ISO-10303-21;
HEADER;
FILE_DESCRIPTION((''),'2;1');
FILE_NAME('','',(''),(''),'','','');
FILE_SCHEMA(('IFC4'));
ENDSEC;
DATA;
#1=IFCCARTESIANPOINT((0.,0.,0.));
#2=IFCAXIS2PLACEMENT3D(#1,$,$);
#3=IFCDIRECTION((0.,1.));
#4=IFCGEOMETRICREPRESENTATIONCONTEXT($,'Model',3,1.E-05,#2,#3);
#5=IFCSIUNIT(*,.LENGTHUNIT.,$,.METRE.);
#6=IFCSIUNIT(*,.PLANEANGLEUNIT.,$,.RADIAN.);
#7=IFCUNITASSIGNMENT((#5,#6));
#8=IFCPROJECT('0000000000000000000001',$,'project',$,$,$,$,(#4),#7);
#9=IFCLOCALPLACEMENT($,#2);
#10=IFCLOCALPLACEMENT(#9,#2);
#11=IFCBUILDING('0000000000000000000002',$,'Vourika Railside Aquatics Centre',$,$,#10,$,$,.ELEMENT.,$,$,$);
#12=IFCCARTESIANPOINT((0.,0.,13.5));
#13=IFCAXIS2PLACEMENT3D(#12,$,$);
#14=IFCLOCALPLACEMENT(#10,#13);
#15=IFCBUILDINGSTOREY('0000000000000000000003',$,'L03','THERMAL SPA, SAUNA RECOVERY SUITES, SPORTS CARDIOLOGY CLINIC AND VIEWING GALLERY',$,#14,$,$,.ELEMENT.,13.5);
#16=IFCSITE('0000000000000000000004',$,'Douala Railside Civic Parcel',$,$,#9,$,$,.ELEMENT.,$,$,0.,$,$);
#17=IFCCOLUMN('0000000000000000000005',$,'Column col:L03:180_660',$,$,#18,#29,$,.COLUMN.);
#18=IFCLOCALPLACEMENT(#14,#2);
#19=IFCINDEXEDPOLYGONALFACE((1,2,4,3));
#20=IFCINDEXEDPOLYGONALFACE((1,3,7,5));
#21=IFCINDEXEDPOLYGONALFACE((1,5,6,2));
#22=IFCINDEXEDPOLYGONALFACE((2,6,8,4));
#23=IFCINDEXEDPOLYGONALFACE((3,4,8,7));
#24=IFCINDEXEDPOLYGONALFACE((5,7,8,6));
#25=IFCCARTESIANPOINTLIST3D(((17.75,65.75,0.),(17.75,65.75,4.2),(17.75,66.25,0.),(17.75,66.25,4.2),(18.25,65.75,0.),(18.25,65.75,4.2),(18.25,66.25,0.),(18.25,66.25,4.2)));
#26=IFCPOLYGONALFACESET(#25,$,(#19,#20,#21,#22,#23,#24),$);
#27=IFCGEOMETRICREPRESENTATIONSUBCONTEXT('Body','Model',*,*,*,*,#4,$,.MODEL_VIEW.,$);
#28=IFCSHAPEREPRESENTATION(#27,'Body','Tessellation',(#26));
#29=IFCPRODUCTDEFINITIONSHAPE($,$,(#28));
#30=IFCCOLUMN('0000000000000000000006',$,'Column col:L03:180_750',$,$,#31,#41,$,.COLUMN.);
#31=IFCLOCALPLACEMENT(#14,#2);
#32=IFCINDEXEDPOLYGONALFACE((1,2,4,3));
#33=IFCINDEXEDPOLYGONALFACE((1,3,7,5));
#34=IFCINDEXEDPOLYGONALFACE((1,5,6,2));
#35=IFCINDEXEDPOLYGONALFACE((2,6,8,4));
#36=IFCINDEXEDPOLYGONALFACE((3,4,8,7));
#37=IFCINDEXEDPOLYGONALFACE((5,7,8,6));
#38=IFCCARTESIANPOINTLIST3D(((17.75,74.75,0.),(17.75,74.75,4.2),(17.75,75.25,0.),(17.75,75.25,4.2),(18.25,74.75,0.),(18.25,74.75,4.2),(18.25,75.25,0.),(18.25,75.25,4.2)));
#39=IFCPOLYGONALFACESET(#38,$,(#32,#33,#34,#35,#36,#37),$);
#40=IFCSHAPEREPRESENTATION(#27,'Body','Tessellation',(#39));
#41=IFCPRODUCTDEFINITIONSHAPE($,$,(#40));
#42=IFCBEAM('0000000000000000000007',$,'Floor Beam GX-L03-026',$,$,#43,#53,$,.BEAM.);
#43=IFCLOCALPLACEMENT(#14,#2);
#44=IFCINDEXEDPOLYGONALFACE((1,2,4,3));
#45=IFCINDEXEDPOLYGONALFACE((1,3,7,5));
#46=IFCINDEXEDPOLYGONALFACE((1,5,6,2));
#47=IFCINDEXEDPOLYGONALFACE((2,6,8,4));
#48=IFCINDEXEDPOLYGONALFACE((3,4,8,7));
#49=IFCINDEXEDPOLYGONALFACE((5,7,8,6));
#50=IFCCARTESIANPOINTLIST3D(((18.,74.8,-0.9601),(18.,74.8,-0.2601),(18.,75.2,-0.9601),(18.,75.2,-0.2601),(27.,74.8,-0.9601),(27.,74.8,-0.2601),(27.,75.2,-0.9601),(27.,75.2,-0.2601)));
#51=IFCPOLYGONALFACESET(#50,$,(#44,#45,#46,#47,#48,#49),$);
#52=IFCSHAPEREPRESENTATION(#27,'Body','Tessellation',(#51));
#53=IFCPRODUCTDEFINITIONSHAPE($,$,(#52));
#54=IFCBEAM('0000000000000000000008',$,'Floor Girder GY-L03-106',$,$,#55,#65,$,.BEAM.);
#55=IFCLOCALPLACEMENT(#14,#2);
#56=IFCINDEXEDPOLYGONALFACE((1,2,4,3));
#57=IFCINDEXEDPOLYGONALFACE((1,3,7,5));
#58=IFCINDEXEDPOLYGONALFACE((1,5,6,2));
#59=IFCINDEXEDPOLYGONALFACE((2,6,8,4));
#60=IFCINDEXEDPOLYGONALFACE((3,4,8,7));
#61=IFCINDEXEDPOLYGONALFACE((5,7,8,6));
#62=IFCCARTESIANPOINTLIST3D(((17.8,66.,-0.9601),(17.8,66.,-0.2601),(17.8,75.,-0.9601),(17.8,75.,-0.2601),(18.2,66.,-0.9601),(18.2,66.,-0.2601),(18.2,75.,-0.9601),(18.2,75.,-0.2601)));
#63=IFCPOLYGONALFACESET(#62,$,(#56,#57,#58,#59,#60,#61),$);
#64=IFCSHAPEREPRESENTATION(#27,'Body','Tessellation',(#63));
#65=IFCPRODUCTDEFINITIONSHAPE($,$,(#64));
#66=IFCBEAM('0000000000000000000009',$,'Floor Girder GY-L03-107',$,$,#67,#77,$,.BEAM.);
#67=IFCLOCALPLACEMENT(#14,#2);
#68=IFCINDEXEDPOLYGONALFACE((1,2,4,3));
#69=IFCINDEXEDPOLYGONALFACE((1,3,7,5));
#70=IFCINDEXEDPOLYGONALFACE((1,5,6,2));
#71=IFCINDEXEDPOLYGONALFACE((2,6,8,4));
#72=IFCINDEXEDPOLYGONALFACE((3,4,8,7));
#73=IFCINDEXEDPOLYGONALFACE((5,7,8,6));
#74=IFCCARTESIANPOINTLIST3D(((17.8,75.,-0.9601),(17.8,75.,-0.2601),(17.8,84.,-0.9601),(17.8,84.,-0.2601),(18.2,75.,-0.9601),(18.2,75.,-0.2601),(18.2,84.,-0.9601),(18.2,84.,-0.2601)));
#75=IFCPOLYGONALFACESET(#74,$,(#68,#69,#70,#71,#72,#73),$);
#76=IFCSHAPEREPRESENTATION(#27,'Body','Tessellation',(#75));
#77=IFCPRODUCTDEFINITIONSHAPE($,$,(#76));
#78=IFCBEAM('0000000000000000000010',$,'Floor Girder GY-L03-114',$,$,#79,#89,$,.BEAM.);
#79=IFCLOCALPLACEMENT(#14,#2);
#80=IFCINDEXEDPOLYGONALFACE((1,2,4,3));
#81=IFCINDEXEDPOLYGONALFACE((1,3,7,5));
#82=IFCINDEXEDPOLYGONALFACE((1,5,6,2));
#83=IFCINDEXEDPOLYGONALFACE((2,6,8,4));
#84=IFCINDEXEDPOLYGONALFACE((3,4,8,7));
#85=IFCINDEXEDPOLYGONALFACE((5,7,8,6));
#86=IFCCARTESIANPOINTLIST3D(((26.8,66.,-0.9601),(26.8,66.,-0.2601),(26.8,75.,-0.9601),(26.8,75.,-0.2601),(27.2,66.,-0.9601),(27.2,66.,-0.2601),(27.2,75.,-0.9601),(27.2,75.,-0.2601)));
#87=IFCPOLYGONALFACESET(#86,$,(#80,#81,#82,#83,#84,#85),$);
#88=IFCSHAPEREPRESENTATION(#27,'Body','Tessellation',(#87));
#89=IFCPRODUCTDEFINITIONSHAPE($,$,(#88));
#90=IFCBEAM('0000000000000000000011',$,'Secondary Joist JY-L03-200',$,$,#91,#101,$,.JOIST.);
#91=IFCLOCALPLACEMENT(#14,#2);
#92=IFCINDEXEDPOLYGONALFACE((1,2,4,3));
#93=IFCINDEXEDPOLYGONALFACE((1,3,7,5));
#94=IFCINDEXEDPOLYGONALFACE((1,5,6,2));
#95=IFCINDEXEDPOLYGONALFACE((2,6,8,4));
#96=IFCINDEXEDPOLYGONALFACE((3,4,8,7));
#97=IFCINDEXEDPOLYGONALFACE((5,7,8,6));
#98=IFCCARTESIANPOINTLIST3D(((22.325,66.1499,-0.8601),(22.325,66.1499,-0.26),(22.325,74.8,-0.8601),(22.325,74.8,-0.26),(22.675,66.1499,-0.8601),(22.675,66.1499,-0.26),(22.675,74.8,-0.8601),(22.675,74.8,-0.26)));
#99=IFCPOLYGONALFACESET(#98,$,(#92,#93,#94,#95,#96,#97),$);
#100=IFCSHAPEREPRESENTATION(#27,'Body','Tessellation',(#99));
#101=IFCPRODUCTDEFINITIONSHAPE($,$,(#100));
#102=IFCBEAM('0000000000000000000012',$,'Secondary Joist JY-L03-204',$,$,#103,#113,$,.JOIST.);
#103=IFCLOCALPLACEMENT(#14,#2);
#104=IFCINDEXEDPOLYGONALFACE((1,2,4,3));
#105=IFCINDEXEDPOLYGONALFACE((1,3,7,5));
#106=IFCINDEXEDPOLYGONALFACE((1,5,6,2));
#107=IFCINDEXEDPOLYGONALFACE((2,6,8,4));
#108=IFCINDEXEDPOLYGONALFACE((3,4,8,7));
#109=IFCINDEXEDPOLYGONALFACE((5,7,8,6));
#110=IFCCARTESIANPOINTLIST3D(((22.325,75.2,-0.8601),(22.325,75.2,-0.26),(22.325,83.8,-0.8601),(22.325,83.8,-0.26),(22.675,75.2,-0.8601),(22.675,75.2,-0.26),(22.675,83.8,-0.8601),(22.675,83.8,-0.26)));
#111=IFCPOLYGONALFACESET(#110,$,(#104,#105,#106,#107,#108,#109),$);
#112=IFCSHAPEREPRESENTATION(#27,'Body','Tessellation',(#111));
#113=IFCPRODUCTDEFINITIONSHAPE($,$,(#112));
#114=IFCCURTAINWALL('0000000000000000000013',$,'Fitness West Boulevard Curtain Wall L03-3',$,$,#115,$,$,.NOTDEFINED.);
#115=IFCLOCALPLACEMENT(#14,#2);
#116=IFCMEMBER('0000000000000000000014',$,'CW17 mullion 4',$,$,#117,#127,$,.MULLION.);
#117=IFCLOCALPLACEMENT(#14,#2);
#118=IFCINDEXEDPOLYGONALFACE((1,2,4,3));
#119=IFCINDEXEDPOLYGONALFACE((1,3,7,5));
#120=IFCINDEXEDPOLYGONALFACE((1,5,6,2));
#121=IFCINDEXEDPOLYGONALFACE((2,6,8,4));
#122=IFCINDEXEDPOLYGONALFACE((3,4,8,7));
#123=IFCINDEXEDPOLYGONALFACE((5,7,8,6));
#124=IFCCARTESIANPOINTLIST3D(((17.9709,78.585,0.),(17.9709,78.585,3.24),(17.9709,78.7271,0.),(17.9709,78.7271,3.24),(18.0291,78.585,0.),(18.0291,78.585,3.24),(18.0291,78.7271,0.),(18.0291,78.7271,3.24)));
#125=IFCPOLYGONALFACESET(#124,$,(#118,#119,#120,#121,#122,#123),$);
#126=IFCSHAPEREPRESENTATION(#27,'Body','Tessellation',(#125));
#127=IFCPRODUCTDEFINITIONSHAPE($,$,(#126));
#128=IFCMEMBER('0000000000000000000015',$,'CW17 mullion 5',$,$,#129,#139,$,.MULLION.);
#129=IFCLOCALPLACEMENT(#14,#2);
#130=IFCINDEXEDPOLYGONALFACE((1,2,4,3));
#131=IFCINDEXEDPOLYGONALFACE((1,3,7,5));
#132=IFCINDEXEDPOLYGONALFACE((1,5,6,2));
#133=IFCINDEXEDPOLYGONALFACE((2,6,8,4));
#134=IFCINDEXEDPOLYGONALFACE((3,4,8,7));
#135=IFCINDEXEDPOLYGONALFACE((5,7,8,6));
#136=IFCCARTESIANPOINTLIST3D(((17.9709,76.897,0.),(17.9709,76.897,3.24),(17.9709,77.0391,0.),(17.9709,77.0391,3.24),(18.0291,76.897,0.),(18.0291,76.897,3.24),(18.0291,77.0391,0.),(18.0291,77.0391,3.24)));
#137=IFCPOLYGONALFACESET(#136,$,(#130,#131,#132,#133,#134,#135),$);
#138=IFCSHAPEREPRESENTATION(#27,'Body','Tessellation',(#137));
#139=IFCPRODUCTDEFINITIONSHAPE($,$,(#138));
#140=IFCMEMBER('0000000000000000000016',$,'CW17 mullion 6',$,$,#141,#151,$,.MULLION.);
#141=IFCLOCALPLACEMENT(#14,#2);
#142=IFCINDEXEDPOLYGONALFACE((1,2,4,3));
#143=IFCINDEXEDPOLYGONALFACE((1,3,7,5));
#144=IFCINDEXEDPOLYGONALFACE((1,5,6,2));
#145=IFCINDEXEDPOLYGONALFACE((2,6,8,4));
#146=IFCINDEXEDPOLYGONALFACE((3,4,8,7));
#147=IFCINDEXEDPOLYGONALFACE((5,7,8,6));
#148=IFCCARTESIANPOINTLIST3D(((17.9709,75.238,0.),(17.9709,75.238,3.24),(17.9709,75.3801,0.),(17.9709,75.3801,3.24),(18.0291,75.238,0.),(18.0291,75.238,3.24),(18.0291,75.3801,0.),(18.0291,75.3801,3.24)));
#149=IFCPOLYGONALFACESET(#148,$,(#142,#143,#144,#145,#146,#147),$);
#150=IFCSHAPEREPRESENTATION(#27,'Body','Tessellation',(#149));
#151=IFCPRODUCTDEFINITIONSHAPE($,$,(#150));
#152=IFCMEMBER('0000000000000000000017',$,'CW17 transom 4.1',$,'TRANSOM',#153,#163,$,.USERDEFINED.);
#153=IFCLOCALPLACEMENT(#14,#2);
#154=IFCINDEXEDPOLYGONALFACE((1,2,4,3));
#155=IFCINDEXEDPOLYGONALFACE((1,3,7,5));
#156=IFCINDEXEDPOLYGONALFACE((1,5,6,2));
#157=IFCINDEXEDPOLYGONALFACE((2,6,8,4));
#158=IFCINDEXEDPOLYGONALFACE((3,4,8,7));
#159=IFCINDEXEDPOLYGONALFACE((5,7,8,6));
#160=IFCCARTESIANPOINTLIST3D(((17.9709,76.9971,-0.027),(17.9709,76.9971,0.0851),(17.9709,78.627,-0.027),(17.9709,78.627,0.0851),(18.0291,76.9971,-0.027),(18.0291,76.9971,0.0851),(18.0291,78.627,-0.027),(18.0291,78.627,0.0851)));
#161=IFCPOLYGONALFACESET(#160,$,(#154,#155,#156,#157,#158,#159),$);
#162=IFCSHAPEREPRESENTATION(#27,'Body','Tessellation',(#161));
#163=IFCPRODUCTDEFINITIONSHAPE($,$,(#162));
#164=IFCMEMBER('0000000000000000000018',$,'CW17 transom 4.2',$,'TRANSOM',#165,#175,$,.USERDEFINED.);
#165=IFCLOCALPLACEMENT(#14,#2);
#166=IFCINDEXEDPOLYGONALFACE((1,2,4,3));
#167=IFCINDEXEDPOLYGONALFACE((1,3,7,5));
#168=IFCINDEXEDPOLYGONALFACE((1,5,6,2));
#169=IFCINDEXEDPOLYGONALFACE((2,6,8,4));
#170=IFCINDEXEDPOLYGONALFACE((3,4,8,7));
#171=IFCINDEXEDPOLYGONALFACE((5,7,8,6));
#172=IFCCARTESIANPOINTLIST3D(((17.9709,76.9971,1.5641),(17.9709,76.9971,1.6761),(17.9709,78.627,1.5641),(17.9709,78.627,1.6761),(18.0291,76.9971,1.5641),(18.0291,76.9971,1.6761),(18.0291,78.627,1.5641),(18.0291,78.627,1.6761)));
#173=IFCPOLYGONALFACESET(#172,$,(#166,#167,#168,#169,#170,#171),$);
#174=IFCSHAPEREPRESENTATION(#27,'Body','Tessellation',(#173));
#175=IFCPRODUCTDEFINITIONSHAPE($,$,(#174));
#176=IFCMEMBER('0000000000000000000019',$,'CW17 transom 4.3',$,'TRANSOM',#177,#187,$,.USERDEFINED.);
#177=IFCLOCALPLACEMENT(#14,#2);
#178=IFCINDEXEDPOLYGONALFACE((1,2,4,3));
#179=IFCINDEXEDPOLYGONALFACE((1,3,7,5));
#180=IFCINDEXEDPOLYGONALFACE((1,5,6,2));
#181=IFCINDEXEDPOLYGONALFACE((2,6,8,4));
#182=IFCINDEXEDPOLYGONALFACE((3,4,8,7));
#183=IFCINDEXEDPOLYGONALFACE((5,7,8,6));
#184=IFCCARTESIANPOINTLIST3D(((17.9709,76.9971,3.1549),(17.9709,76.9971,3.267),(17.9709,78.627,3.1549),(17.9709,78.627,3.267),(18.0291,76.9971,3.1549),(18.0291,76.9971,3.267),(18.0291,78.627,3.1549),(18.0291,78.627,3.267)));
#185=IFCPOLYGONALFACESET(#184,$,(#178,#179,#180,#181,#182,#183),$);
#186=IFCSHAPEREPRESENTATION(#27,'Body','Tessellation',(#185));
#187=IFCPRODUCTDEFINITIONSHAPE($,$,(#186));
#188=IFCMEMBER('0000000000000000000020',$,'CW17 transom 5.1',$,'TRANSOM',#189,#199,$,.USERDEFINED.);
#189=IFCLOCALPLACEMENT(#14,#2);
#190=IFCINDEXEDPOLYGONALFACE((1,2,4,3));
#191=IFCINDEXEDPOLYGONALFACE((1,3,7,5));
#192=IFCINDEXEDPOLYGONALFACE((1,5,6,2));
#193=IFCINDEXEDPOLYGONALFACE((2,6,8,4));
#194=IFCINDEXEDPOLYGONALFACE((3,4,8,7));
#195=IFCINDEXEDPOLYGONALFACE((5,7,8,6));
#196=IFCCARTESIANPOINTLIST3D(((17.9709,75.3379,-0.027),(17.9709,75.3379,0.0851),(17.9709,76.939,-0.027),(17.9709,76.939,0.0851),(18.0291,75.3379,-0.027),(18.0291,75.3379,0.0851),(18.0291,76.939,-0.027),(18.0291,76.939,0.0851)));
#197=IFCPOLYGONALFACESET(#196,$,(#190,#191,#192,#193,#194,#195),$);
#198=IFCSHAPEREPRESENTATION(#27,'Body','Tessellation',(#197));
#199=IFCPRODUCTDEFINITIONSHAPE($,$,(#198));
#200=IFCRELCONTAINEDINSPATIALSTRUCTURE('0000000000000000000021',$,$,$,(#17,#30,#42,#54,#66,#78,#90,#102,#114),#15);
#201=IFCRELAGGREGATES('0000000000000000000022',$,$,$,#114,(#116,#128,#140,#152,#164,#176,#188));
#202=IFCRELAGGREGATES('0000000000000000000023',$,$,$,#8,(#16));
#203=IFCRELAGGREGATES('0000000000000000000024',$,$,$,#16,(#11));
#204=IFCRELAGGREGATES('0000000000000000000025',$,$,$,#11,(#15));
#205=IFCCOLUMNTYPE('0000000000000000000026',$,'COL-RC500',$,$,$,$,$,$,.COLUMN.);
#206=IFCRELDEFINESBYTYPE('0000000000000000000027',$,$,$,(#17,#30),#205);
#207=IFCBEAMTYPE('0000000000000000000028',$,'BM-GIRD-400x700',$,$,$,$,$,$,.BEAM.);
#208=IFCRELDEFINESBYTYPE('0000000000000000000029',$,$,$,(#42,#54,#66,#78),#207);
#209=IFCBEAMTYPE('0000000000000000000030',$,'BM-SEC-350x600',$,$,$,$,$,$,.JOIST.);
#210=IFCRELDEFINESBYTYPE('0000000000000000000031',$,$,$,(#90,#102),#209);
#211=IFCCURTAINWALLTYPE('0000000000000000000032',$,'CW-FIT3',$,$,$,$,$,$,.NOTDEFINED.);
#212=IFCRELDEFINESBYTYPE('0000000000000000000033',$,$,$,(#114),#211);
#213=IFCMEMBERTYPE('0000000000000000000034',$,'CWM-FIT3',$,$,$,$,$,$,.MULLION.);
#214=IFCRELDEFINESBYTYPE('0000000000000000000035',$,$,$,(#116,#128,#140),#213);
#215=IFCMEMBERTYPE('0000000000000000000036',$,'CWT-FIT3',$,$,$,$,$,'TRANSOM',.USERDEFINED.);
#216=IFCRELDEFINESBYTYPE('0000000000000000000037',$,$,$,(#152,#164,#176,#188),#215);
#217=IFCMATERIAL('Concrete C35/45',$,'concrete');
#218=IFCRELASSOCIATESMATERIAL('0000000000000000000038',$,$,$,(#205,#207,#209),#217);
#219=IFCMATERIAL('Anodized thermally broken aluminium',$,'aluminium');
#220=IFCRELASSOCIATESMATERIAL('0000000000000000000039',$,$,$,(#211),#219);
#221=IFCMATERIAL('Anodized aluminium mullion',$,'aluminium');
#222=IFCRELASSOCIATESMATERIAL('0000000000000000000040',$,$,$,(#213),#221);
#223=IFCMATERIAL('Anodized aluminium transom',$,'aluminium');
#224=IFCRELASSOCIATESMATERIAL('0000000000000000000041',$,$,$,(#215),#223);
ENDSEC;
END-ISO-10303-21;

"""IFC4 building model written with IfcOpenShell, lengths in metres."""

from ifc_helpers import new_model, si_unit, direction, frame, origin, origin_2d, place, context, subcontext, project, spatial, rectangle, extrude, material, material_profile, profile_set, type_object, element, aggregate, save


model = new_model("IFC4")

# Units and contexts
model_context = context("Model", 3, precision=1e-05, world=origin(), true_north=direction((0.0, 1.0)))
body_context = subcontext(model_context, "Body", "Model", "MODEL_VIEW")
ifc_project = project(units=[si_unit("LENGTHUNIT", "METRE"), si_unit("PLANEANGLEUNIT", "RADIAN")], contexts=[model_context])

# Site, building, storey
site_placement = place(None, origin())
site = spatial("IfcSite", under=ifc_project, at=site_placement, Name="Douala Railside Civic Parcel", CompositionType="ELEMENT", RefElevation=0.0)
building_placement = place(site_placement, origin())
building = spatial("IfcBuilding", under=site, at=building_placement, Name="Vourika Railside Aquatics Centre", CompositionType="ELEMENT")
storey_placement = place(building_placement, frame((0.0, 0.0, 13.5)))
storey = spatial("IfcBuildingStorey", under=building, at=storey_placement, Name="L03", Description="THERMAL SPA, SAUNA RECOVERY SUITES, SPORTS CARDIOLOGY CLINIC AND VIEWING GALLERY", CompositionType="ELEMENT", Elevation=13.5)

# Columns
ifc_material_1 = material(Name="Concrete C35/45", Category="concrete")
ifc_material_profile_1 = material_profile(ifc_material_1, rectangle(XDim=0.5, YDim=0.5, at=origin_2d()), Name="RC 500x500")
ifc_profile_set_1 = profile_set([ifc_material_profile_1], Name="Concrete C35/45")
column_type = type_object("IfcColumnType", Name="COL-RC500", PredefinedType="COLUMN", material=ifc_profile_set_1)
for number, where, z_axis, x_axis, name in (
    (1, (18.0, 66.0, 0.0), (0.0, 0.0, 1.0), (1.0, 0.0, 0.0), "Column col:L03:180_660"),
    (2, (18.0, 75.0, 0.0), (0.0, 0.0, 1.0), (1.0, 0.0, 0.0), "Column col:L03:180_750"),
):
    element("IfcColumn", number, at=place(storey_placement, frame(where, z_axis=z_axis, x_axis=x_axis)), inside=storey, type_object=column_type, Name=name, PredefinedType="COLUMN", context=body_context, shape_type="SweptSolid", body=[
        extrude(rectangle(XDim=0.5, YDim=0.5, at=origin_2d()), origin(), (0.0, 0.0, 1.0), 4.2),
    ])

# Beams
ifc_material_profile_2 = material_profile(ifc_material_1, rectangle(XDim=0.3999, YDim=0.7, at=origin_2d()), Name="RC 400x700")
ifc_profile_set_2 = profile_set([ifc_material_profile_2], Name="Concrete C35/45")
beam_type_1 = type_object("IfcBeamType", Name="BM-GIRD-400x700", PredefinedType="BEAM", material=ifc_profile_set_2)
for number, where, z_axis, x_axis, name in (
    (3, (18.0, 75.0, -0.6101), (1.0, 0.0, 0.0), (0.0, 1.0, 0.0), "Floor Beam GX-L03-026"),
    (4, (18.0, 66.0, -0.6101), (0.0, 1.0, 0.0), (-1.0, 0.0, 0.0), "Floor Girder GY-L03-106"),
    (5, (18.0, 75.0, -0.6101), (0.0, 1.0, 0.0), (-1.0, 0.0, 0.0), "Floor Girder GY-L03-107"),
    (6, (27.0, 66.0, -0.6101), (0.0, 1.0, 0.0), (-1.0, 0.0, 0.0), "Floor Girder GY-L03-114"),
):
    element("IfcBeam", number, at=place(storey_placement, frame(where, z_axis=z_axis, x_axis=x_axis)), inside=storey, type_object=beam_type_1, Name=name, PredefinedType="BEAM", context=body_context, shape_type="SweptSolid", body=[
        extrude(rectangle(XDim=0.3999, YDim=0.7, at=origin_2d()), origin(), (0.0, 0.0, 1.0), 9.0),
    ])
ifc_material_profile_3 = material_profile(ifc_material_1, rectangle(XDim=0.3501, YDim=0.6001, at=origin_2d()), Name="RC 350x600")
ifc_profile_set_3 = profile_set([ifc_material_profile_3], Name="Concrete C35/45")
beam_type_2 = type_object("IfcBeamType", Name="BM-SEC-350x600", PredefinedType="JOIST", material=ifc_profile_set_3)
beam_1_placement = place(storey_placement, frame((22.5, 66.1499, -0.5601), z_axis=(0.0, 1.0, 0.0), x_axis=(-1.0, 0.0, 0.0)))
element("IfcBeam", 7, at=beam_1_placement, inside=storey, type_object=beam_type_2, Name="Secondary Joist JY-L03-200", PredefinedType="JOIST", context=body_context, shape_type="SweptSolid", body=[
    extrude(rectangle(XDim=0.3501, YDim=0.6001, at=origin_2d()), origin(), (0.0, 0.0, 1.0), 8.6501),
])
beam_2_placement = place(storey_placement, frame((22.5, 75.2, -0.5601), z_axis=(0.0, 1.0, 0.0), x_axis=(-1.0, 0.0, 0.0)))
element("IfcBeam", 8, at=beam_2_placement, inside=storey, type_object=beam_type_2, Name="Secondary Joist JY-L03-204", PredefinedType="JOIST", context=body_context, shape_type="SweptSolid", body=[
    extrude(rectangle(XDim=0.3501, YDim=0.6001, at=origin_2d()), origin(), (0.0, 0.0, 1.0), 8.6001),
])

# Curtain wall, members
ifc_material_2 = material(Name="Anodized thermally broken aluminium", Category="aluminium")
curtain_wall_type = type_object("IfcCurtainWallType", Name="CW-FIT3", PredefinedType="NOTDEFINED", material=ifc_material_2)
curtain_wall_placement = place(storey_placement, origin())
curtain_wall = element("IfcCurtainWall", 9, at=curtain_wall_placement, inside=storey, type_object=curtain_wall_type, Name="Fitness West Boulevard Curtain Wall L03-3", PredefinedType="NOTDEFINED")
ifc_material_3 = material(Name="Anodized aluminium mullion", Category="aluminium")
ifc_material_profile_4 = material_profile(ifc_material_3, rectangle(XDim=0.0581, YDim=0.1421, at=origin_2d()), Name="ALU-M 58x142")
ifc_profile_set_4 = profile_set([ifc_material_profile_4], Name="Anodized aluminium mullion")
member_type_1 = type_object("IfcMemberType", Name="CWM-FIT3", PredefinedType="MULLION", material=ifc_profile_set_4)
member_1_placement = place(storey_placement, frame((18.0, 78.656, 0.0), z_axis=(0.0, 0.0, 1.0), x_axis=(1.0, 0.0, 0.0)))
member_1 = element("IfcMember", 10, at=member_1_placement, type_object=member_type_1, Name="CW17 mullion 4", PredefinedType="MULLION", context=body_context, shape_type="SweptSolid", body=[
    extrude(rectangle(XDim=0.0581, YDim=0.1421, at=origin_2d()), origin(), (0.0, 0.0, 1.0), 3.24),
])
member_2_placement = place(storey_placement, frame((18.0, 76.968, 0.0), z_axis=(0.0, 0.0, 1.0), x_axis=(1.0, 0.0, 0.0)))
member_2 = element("IfcMember", 11, at=member_2_placement, type_object=member_type_1, Name="CW17 mullion 5", PredefinedType="MULLION", context=body_context, shape_type="SweptSolid", body=[
    extrude(rectangle(XDim=0.0581, YDim=0.1421, at=origin_2d()), origin(), (0.0, 0.0, 1.0), 3.24),
])
member_3_placement = place(storey_placement, frame((18.0, 75.3091, 0.0), z_axis=(0.0, 0.0, 1.0), x_axis=(1.0, 0.0, 0.0)))
member_3 = element("IfcMember", 12, at=member_3_placement, type_object=member_type_1, Name="CW17 mullion 6", PredefinedType="MULLION", context=body_context, shape_type="SweptSolid", body=[
    extrude(rectangle(XDim=0.0581, YDim=0.1421, at=origin_2d()), origin(), (0.0, 0.0, 1.0), 3.24),
])
ifc_material_4 = material(Name="Anodized aluminium transom", Category="aluminium")
ifc_material_profile_5 = material_profile(ifc_material_4, rectangle(XDim=0.0581, YDim=0.1121, at=origin_2d()), Name="ALU-T 58x112")
ifc_profile_set_5 = profile_set([ifc_material_profile_5], Name="Anodized aluminium transom")
member_type_2 = type_object("IfcMemberType", Name="CWT-FIT3", ElementType="TRANSOM", PredefinedType="USERDEFINED", material=ifc_profile_set_5)
member_4_placement = place(storey_placement, frame((18.0, 78.627, 0.0291), z_axis=(0.0, -1.0, 0.0), x_axis=(1.0, 0.0, 0.0)))
member_4 = element("IfcMember", 13, at=member_4_placement, type_object=member_type_2, Name="CW17 transom 4.1", ObjectType="TRANSOM", PredefinedType="USERDEFINED", context=body_context, shape_type="SweptSolid", body=[
    extrude(rectangle(XDim=0.0581, YDim=0.1121, at=origin_2d()), origin(), (0.0, 0.0, 1.0), 1.6299),
])
member_5_placement = place(storey_placement, frame((18.0, 78.627, 1.6201), z_axis=(0.0, -1.0, 0.0), x_axis=(1.0, 0.0, 0.0)))
member_5 = element("IfcMember", 14, at=member_5_placement, type_object=member_type_2, Name="CW17 transom 4.2", ObjectType="TRANSOM", PredefinedType="USERDEFINED", context=body_context, shape_type="SweptSolid", body=[
    extrude(rectangle(XDim=0.0581, YDim=0.1121, at=origin_2d()), origin(), (0.0, 0.0, 1.0), 1.6299),
])
member_6_placement = place(storey_placement, frame((18.0, 78.627, 3.2109), z_axis=(0.0, -1.0, 0.0), x_axis=(1.0, 0.0, 0.0)))
member_6 = element("IfcMember", 15, at=member_6_placement, type_object=member_type_2, Name="CW17 transom 4.3", ObjectType="TRANSOM", PredefinedType="USERDEFINED", context=body_context, shape_type="SweptSolid", body=[
    extrude(rectangle(XDim=0.0581, YDim=0.1121, at=origin_2d()), origin(), (0.0, 0.0, 1.0), 1.6299),
])
member_7_placement = place(storey_placement, frame((18.0, 76.939, 0.0291), z_axis=(0.0, -1.0, 0.0), x_axis=(1.0, 0.0, 0.0)))
member_7 = element("IfcMember", 16, at=member_7_placement, type_object=member_type_2, Name="CW17 transom 5.1", ObjectType="TRANSOM", PredefinedType="USERDEFINED", context=body_context, shape_type="SweptSolid", body=[
    extrude(rectangle(XDim=0.0581, YDim=0.1121, at=origin_2d()), origin(), (0.0, 0.0, 1.0), 1.6011),
])
aggregate(curtain_wall, [member_1, member_2, member_3, member_4, member_5, member_6, member_7])

save(model, "model.ifc")
